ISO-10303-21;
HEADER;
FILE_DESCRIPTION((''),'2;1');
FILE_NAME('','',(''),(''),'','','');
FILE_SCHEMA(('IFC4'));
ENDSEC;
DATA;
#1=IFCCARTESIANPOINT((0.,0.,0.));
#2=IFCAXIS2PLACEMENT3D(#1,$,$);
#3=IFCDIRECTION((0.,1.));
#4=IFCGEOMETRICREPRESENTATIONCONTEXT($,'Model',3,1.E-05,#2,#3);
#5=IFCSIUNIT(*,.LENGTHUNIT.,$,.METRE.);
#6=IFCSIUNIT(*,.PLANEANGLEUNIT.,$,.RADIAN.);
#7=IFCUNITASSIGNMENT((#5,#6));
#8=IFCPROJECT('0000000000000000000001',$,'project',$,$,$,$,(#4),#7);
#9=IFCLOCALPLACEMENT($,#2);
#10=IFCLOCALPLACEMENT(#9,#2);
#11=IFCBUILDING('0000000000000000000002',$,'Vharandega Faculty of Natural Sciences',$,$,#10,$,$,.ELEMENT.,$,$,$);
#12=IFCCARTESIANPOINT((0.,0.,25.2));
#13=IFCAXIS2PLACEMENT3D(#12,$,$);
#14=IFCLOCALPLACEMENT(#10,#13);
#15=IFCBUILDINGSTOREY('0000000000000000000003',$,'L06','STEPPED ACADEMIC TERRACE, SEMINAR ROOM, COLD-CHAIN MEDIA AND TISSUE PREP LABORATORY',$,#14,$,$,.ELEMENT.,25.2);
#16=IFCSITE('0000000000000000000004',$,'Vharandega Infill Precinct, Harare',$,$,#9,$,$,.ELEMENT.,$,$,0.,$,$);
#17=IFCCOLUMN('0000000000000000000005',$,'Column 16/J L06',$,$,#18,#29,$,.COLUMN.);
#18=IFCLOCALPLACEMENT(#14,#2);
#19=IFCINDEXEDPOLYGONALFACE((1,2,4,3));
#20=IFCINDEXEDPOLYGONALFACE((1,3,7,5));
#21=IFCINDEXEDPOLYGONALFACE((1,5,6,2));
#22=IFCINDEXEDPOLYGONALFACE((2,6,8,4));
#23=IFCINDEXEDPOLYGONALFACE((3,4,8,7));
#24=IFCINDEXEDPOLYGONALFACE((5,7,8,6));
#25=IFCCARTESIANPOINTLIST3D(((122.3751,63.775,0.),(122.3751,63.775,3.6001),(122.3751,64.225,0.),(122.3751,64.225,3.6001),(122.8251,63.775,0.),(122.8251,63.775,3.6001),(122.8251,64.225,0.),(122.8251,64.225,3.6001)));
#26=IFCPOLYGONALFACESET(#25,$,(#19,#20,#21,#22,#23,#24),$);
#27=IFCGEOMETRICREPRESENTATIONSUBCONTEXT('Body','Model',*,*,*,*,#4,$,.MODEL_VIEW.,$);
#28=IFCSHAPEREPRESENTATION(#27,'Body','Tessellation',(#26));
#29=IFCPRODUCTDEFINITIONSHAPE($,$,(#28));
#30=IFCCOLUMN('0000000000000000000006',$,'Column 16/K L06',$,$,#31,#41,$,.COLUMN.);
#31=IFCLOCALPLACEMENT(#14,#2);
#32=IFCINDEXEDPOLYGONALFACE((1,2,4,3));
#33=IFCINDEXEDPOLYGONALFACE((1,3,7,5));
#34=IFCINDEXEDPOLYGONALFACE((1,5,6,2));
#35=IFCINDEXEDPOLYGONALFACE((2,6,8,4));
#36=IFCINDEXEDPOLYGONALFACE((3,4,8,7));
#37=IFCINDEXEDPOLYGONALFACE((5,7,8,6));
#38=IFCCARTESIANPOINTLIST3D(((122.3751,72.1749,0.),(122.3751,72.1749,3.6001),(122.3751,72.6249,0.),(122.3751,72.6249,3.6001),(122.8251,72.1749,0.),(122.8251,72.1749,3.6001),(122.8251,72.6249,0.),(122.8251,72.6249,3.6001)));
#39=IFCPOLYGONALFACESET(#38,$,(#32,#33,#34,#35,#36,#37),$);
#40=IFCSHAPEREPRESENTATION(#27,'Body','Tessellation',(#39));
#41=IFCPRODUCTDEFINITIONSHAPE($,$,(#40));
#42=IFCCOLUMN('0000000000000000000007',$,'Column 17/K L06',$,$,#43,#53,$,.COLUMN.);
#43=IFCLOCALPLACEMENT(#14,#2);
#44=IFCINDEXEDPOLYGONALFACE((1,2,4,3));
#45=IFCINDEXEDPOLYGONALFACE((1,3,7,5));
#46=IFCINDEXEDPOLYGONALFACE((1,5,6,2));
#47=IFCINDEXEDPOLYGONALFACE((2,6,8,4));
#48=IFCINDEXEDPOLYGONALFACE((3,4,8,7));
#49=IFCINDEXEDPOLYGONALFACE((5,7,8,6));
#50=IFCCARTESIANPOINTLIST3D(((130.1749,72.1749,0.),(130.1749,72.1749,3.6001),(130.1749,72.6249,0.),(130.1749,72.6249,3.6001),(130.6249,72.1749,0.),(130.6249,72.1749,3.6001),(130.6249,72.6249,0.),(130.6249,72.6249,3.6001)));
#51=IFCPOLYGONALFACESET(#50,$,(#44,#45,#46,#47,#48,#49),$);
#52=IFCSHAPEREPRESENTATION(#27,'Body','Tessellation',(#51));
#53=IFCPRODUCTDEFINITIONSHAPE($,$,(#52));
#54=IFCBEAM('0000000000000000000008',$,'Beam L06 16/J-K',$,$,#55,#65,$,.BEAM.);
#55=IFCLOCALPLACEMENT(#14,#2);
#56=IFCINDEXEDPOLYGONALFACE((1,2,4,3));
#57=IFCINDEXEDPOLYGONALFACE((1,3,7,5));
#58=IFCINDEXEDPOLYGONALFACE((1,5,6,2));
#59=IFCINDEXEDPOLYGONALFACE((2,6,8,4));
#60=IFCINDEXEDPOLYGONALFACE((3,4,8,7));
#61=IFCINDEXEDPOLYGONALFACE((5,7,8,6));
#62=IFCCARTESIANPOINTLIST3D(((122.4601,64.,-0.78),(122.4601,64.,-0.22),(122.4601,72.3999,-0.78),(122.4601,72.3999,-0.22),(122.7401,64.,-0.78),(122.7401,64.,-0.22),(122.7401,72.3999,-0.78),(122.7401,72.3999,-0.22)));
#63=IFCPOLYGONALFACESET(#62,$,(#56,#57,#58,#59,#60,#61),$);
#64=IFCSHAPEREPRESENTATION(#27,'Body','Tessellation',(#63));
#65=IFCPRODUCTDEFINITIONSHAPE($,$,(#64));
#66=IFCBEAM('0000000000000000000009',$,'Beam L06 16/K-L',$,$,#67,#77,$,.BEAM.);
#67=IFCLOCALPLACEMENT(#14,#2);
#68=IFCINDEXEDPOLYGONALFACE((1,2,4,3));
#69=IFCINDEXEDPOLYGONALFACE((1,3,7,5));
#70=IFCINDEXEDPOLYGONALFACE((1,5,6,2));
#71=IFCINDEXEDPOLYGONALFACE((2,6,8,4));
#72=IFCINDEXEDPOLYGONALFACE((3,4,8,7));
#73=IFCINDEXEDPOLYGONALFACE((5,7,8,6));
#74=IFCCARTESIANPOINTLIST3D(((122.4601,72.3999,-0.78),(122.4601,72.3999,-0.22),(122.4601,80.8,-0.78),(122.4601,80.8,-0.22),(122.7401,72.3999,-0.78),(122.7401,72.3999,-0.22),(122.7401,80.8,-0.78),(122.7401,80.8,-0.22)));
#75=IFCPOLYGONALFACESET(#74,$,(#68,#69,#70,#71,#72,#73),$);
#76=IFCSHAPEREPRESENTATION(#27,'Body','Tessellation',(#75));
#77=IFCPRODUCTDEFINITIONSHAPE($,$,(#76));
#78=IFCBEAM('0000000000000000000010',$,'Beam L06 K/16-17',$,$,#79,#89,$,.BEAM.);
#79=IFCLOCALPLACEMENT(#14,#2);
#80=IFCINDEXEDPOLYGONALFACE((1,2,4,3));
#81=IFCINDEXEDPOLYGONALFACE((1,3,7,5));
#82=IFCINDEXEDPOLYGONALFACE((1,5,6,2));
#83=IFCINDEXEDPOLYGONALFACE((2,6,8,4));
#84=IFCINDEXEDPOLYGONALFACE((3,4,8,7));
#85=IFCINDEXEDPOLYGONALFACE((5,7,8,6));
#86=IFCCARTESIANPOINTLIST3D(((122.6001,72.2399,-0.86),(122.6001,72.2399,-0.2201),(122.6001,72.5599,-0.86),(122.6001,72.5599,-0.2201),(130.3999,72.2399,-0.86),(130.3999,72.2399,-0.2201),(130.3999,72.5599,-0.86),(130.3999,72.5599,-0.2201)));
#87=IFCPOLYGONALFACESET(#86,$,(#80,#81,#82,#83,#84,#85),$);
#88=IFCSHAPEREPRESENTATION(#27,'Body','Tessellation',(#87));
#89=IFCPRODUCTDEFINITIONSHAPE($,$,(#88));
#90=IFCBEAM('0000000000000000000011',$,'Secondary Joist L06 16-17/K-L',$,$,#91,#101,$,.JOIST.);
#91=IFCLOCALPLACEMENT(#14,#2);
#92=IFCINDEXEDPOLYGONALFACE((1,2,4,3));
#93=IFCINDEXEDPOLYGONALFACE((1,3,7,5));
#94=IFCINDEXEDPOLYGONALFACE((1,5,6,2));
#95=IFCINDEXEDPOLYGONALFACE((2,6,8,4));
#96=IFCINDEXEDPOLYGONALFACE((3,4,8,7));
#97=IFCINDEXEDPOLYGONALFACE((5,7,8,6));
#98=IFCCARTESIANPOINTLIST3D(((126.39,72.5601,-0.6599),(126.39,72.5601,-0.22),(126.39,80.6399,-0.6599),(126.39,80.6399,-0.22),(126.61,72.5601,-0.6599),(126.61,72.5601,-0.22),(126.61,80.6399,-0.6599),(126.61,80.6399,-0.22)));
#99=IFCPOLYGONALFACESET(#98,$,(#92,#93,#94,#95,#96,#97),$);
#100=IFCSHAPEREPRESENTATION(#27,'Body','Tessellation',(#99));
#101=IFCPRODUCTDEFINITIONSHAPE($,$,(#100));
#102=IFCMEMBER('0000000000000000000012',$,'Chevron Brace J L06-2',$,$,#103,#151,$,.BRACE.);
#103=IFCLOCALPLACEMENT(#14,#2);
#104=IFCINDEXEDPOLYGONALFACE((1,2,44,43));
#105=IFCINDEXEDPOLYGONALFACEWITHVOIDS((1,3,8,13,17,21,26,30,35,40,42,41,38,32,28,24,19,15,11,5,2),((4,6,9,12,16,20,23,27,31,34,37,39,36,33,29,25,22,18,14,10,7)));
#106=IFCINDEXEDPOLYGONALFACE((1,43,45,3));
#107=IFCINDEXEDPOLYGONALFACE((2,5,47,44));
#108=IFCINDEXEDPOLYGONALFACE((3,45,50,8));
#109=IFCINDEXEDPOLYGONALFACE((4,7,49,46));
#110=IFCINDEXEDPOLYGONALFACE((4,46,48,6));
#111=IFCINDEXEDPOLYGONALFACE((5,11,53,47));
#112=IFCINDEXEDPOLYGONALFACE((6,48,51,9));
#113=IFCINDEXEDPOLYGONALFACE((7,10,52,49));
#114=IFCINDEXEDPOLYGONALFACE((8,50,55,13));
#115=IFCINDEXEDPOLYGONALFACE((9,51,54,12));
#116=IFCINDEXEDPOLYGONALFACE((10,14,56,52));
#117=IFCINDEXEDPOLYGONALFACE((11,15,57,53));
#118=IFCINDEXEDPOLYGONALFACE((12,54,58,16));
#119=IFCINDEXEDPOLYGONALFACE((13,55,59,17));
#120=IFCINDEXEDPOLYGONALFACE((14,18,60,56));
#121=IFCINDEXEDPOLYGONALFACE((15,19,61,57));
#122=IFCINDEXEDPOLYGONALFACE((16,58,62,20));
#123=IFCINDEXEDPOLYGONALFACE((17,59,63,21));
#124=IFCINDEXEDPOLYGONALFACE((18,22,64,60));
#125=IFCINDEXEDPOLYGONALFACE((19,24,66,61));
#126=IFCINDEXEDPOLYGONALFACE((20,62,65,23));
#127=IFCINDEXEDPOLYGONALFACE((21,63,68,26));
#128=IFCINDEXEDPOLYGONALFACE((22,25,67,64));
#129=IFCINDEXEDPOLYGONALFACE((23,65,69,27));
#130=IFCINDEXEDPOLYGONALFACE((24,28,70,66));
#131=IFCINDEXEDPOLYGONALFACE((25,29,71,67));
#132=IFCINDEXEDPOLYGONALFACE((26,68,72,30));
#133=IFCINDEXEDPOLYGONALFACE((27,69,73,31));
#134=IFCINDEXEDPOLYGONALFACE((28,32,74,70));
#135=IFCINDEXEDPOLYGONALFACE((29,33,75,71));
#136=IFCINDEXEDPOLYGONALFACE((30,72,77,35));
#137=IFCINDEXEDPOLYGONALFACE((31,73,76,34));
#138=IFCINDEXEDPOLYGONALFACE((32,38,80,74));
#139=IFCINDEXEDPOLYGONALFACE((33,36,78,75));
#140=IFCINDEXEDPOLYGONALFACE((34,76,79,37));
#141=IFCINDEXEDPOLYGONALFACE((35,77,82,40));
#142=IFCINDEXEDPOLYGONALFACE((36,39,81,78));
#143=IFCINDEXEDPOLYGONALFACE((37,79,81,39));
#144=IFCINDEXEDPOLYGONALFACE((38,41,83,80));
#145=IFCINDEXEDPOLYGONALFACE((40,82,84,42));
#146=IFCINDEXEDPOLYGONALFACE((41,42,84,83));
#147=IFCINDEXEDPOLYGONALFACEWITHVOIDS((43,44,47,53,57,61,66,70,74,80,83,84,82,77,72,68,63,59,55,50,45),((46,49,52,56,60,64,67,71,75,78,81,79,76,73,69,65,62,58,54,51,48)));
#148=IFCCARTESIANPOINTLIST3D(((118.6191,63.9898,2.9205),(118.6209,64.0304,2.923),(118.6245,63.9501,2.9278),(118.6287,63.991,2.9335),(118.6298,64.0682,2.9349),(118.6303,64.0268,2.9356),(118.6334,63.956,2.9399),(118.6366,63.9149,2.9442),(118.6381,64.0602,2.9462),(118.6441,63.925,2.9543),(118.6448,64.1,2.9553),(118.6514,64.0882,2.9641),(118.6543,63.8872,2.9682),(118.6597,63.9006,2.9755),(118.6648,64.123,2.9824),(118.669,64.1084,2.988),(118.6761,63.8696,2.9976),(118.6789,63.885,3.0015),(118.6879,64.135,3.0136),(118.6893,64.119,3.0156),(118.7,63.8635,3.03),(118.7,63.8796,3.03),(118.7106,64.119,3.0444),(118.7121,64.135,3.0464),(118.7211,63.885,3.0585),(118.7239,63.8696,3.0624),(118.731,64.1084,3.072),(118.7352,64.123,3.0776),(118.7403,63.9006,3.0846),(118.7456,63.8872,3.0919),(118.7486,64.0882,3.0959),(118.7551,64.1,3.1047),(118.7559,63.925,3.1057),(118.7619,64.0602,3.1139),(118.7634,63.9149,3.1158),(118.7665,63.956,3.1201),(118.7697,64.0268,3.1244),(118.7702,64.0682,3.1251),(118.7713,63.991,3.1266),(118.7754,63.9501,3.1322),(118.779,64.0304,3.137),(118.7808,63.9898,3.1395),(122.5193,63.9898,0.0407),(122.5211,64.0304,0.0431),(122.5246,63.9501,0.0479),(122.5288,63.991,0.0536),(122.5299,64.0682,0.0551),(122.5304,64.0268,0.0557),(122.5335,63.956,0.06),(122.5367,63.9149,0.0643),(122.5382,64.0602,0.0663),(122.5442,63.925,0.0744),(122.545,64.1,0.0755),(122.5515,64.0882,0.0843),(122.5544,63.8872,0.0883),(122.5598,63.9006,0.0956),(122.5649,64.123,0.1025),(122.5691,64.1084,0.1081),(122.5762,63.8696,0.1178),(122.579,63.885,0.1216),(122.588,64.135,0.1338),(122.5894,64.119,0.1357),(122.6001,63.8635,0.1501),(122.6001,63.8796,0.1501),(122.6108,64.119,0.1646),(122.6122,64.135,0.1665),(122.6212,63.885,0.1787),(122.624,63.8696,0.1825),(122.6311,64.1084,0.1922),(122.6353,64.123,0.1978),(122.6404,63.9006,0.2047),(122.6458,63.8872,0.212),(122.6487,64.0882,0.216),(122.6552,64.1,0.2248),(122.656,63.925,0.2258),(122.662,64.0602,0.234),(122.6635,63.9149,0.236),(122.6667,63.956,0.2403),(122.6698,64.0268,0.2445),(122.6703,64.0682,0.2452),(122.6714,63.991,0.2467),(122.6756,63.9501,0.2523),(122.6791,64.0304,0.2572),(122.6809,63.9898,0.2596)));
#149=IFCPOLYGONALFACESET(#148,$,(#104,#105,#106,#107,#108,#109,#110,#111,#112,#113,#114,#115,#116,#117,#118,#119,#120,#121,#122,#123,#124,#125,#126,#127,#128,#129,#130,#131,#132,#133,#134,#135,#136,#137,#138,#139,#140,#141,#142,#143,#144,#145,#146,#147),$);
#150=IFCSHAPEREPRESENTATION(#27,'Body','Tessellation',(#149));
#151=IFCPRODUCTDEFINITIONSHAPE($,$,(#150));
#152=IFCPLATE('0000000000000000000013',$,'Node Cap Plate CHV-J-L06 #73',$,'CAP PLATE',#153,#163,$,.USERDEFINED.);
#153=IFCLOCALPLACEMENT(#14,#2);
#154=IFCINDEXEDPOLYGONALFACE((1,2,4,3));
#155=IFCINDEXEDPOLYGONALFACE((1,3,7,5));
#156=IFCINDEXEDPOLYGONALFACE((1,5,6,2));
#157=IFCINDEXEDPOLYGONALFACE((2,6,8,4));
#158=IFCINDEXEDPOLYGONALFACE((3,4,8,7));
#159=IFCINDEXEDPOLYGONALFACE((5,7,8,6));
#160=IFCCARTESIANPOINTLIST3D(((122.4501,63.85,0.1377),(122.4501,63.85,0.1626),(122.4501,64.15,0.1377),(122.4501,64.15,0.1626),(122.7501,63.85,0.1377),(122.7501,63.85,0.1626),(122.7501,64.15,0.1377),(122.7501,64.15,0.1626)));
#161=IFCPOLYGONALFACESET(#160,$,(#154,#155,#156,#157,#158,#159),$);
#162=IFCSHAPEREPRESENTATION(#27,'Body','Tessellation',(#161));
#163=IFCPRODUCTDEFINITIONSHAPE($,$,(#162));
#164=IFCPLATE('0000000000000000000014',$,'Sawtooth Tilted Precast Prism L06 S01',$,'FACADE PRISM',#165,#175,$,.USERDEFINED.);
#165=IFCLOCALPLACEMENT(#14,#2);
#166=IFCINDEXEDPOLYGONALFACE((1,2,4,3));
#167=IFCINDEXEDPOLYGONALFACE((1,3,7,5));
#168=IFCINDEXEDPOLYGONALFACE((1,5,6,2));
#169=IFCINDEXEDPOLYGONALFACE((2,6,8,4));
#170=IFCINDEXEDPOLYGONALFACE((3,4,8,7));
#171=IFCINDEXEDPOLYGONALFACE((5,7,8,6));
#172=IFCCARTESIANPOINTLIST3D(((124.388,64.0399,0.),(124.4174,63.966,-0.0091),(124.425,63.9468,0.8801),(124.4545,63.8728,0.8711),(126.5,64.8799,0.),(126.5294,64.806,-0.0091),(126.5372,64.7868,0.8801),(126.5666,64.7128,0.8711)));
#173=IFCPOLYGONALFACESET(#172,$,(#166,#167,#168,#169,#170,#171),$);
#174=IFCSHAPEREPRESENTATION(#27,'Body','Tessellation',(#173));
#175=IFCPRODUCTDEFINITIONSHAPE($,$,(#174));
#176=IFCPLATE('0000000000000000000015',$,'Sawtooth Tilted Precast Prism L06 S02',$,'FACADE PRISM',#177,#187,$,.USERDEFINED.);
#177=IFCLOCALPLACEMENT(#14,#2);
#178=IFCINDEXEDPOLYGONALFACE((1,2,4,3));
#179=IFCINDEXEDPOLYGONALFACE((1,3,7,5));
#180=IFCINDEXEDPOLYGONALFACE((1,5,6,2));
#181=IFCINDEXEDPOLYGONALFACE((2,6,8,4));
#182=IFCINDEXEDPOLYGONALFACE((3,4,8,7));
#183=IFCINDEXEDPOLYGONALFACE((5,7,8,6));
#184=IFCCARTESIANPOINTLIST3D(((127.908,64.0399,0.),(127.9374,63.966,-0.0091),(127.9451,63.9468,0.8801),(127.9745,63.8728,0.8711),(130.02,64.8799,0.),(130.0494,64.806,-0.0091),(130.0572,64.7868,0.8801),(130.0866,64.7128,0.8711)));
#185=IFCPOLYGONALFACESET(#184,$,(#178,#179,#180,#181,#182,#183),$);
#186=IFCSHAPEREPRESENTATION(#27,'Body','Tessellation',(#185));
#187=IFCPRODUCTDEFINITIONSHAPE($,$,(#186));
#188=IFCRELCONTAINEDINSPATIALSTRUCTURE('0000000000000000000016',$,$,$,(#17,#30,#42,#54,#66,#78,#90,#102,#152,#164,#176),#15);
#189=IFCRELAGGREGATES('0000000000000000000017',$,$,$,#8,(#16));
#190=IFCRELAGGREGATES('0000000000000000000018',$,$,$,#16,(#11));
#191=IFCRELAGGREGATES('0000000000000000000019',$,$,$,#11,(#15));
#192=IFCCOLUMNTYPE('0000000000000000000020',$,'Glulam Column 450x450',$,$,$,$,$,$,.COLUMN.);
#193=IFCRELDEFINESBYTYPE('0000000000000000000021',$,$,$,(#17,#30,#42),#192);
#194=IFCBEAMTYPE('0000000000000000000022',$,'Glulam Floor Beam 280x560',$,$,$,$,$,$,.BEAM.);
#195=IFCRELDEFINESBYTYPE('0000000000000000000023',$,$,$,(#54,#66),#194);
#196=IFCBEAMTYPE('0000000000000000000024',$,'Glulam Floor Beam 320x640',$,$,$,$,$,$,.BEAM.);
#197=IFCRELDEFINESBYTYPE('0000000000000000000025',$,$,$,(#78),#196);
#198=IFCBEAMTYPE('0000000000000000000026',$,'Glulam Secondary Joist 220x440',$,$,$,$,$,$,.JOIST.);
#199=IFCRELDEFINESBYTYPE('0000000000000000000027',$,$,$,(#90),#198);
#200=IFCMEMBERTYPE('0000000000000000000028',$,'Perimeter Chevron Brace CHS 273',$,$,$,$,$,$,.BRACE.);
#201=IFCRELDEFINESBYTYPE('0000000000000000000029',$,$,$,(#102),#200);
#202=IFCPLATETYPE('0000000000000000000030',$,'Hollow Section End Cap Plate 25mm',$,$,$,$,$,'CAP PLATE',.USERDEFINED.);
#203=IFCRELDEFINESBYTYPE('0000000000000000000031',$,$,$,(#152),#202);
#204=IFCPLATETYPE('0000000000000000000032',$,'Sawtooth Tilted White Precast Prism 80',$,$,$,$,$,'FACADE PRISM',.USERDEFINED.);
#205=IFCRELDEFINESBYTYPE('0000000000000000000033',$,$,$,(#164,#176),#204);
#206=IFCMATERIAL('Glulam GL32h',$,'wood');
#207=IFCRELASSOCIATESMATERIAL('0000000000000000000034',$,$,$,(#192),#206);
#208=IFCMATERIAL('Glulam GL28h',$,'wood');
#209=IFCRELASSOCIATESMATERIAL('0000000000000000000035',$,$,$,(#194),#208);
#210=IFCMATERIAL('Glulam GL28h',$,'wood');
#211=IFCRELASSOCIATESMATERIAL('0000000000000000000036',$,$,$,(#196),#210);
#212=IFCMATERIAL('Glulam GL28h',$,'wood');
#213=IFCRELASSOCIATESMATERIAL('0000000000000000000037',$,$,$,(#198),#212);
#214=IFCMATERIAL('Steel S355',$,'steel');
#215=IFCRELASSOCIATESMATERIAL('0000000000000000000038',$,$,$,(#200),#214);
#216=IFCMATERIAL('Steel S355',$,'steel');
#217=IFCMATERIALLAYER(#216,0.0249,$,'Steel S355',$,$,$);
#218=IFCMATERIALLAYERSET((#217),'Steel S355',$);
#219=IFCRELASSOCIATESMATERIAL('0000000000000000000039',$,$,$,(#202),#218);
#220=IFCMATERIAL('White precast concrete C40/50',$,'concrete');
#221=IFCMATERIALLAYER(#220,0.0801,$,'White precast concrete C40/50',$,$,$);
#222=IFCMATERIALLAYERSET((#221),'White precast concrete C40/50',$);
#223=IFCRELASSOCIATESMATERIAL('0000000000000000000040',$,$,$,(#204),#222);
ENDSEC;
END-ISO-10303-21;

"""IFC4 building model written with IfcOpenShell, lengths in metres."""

from ifc_helpers import new_model, si_unit, direction, frame, origin, origin_2d, place, context, subcontext, project, spatial, polyline, rectangle, hollow_circle, outline, extrude, material, layer, layer_set, material_profile, profile_set, type_object, element, save


model = new_model("IFC4")

# Units and contexts
model_context = context("Model", 3, precision=1e-05, world=origin(), true_north=direction((0.0, 1.0)))
body_context = subcontext(model_context, "Body", "Model", "MODEL_VIEW")
ifc_project = project(units=[si_unit("LENGTHUNIT", "METRE"), si_unit("PLANEANGLEUNIT", "RADIAN")], contexts=[model_context])

# Site, building, storey
site_placement = place(None, origin())
site = spatial("IfcSite", under=ifc_project, at=site_placement, Name="Vharandega Infill Precinct, Harare", CompositionType="ELEMENT", RefElevation=0.0)
building_placement = place(site_placement, origin())
building = spatial("IfcBuilding", under=site, at=building_placement, Name="Vharandega Faculty of Natural Sciences", CompositionType="ELEMENT")
storey_placement = place(building_placement, frame((0.0, 0.0, 25.2)))
storey = spatial("IfcBuildingStorey", under=building, at=storey_placement, Name="L06", Description="STEPPED ACADEMIC TERRACE, SEMINAR ROOM, COLD-CHAIN MEDIA AND TISSUE PREP LABORATORY", CompositionType="ELEMENT", Elevation=25.2)

# Columns
ifc_material_1 = material(Name="Glulam GL32h", Category="wood")
ifc_material_profile_1 = material_profile(ifc_material_1, rectangle(XDim=0.45, YDim=0.45, at=origin_2d()), Name="GL32h 450x450")
ifc_profile_set_1 = profile_set([ifc_material_profile_1], Name="Glulam GL32h")
column_type = type_object("IfcColumnType", Name="Glulam Column 450x450", PredefinedType="COLUMN", material=ifc_profile_set_1)
for number, where, z_axis, x_axis, name in (
    (1, (122.6001, 64.0, 0.0), (0.0, 0.0, 1.0), (1.0, 0.0, 0.0), "Column 16/J L06"),
    (2, (122.6001, 72.3999, 0.0), (0.0, 0.0, 1.0), (1.0, 0.0, 0.0), "Column 16/K L06"),
    (3, (130.3999, 72.3999, 0.0), (0.0, 0.0, 1.0), (1.0, 0.0, 0.0), "Column 17/K L06"),
):
    element("IfcColumn", number, at=place(storey_placement, frame(where, z_axis=z_axis, x_axis=x_axis)), inside=storey, type_object=column_type, Name=name, PredefinedType="COLUMN", context=body_context, shape_type="SweptSolid", body=[
        extrude(rectangle(XDim=0.45, YDim=0.45, at=origin_2d()), origin(), (0.0, 0.0, 1.0), 3.6001),
    ])

# Beams
ifc_material_2 = material(Name="Glulam GL28h", Category="wood")
ifc_material_profile_2 = material_profile(ifc_material_2, rectangle(XDim=0.28, YDim=0.5601, at=origin_2d()), Name="GL28h 280x560")
ifc_profile_set_2 = profile_set([ifc_material_profile_2], Name="Glulam GL28h")
beam_type_1 = type_object("IfcBeamType", Name="Glulam Floor Beam 280x560", PredefinedType="BEAM", material=ifc_profile_set_2)
beam_1_placement = place(storey_placement, frame((122.6001, 64.0, -0.5), z_axis=(0.0, 1.0, 0.0), x_axis=(-1.0, 0.0, 0.0)))
element("IfcBeam", 4, at=beam_1_placement, inside=storey, type_object=beam_type_1, Name="Beam L06 16/J-K", PredefinedType="BEAM", context=body_context, shape_type="SweptSolid", body=[
    extrude(rectangle(XDim=0.28, YDim=0.5601, at=origin_2d()), origin(), (0.0, 0.0, 1.0), 8.3999),
])
beam_2_placement = place(storey_placement, frame((122.6001, 72.3999, -0.5), z_axis=(0.0, 1.0, 0.0), x_axis=(-1.0, 0.0, 0.0)))
element("IfcBeam", 5, at=beam_2_placement, inside=storey, type_object=beam_type_1, Name="Beam L06 16/K-L", PredefinedType="BEAM", context=body_context, shape_type="SweptSolid", body=[
    extrude(rectangle(XDim=0.28, YDim=0.5601, at=origin_2d()), origin(), (0.0, 0.0, 1.0), 8.4001),
])
ifc_material_3 = material(Name="Glulam GL28h", Category="wood")
ifc_material_profile_3 = material_profile(ifc_material_3, rectangle(XDim=0.3201, YDim=0.6399, at=origin_2d()), Name="GL28h 320x640")
ifc_profile_set_3 = profile_set([ifc_material_profile_3], Name="Glulam GL28h")
beam_type_2 = type_object("IfcBeamType", Name="Glulam Floor Beam 320x640", PredefinedType="BEAM", material=ifc_profile_set_3)
beam_3_placement = place(storey_placement, frame((122.6001, 72.3999, -0.54), z_axis=(1.0, 0.0, 0.0), x_axis=(0.0, 1.0, 0.0)))
element("IfcBeam", 6, at=beam_3_placement, inside=storey, type_object=beam_type_2, Name="Beam L06 K/16-17", PredefinedType="BEAM", context=body_context, shape_type="SweptSolid", body=[
    extrude(rectangle(XDim=0.3201, YDim=0.6399, at=origin_2d()), origin(), (0.0, 0.0, 1.0), 7.7998),
])
ifc_material_4 = material(Name="Glulam GL28h", Category="wood")
ifc_material_profile_4 = material_profile(ifc_material_4, rectangle(XDim=0.22, YDim=0.4399, at=origin_2d()), Name="GL28h 220x440")
ifc_profile_set_4 = profile_set([ifc_material_profile_4], Name="Glulam GL28h")
beam_type_3 = type_object("IfcBeamType", Name="Glulam Secondary Joist 220x440", PredefinedType="JOIST", material=ifc_profile_set_4)
beam_4_placement = place(storey_placement, frame((126.5, 72.5601, -0.4399), z_axis=(0.0, 1.0, 0.0), x_axis=(-1.0, 0.0, 0.0)))
element("IfcBeam", 7, at=beam_4_placement, inside=storey, type_object=beam_type_3, Name="Secondary Joist L06 16-17/K-L", PredefinedType="JOIST", context=body_context, shape_type="SweptSolid", body=[
    extrude(rectangle(XDim=0.22, YDim=0.4399, at=origin_2d()), origin(), (0.0, 0.0, 1.0), 8.0798),
])

# Member
ifc_material_5 = material(Name="Steel S355", Category="steel")
ifc_material_profile_5 = material_profile(ifc_material_5, hollow_circle(Radius=0.1365, WallThickness=0.0161, at=origin_2d()), Name="CHS 273x16")
ifc_profile_set_5 = profile_set([ifc_material_profile_5], Name="Steel S355")
member_type = type_object("IfcMemberType", Name="Perimeter Chevron Brace CHS 273", PredefinedType="BRACE", material=ifc_profile_set_5)
member_placement = place(storey_placement, frame((122.6001, 64.0, 0.1501), z_axis=(-0.804455, 0.0, 0.594013), x_axis=(0.0, -1.0, 0.0)))
element("IfcMember", 8, at=member_placement, inside=storey, type_object=member_type, Name="Chevron Brace J L06-2", PredefinedType="BRACE", context=body_context, shape_type="SweptSolid", body=[
    extrude(hollow_circle(Radius=0.1365, WallThickness=0.0161, at=origin_2d()), origin(), (0.0, 0.0, 1.0), 4.8481),
])

# Plates
ifc_material_6 = material(Name="Steel S355", Category="steel")
ifc_layer_1 = layer(ifc_material_6, 0.0249, Name="Steel S355")
ifc_layer_set_1 = layer_set([ifc_layer_1], Name="Steel S355")
plate_type_1 = type_object("IfcPlateType", Name="Hollow Section End Cap Plate 25mm", ElementType="CAP PLATE", PredefinedType="USERDEFINED", material=ifc_layer_set_1)
plate_placement = place(storey_placement, frame((122.6001, 64.0, 0.1377), z_axis=(0.0, 0.0, 1.0), x_axis=(1.0, 0.0, 0.0)))
element("IfcPlate", 9, at=plate_placement, inside=storey, type_object=plate_type_1, Name="Node Cap Plate CHV-J-L06 #73", ObjectType="CAP PLATE", PredefinedType="USERDEFINED", context=body_context, shape_type="SweptSolid", body=[
    extrude(rectangle(XDim=0.3, YDim=0.3, at=origin_2d()), origin(), (0.0, 0.0, 1.0), 0.0249),
])
ifc_material_7 = material(Name="White precast concrete C40/50", Category="concrete")
ifc_layer_2 = layer(ifc_material_7, 0.0801, Name="White precast concrete C40/50")
ifc_layer_set_2 = layer_set([ifc_layer_2], Name="White precast concrete C40/50")
plate_type_2 = type_object("IfcPlateType", Name="Sawtooth Tilted White Precast Prism 80", ElementType="FACADE PRISM", PredefinedType="USERDEFINED", material=ifc_layer_set_2)
for number, where, z_axis, x_axis, name in (
    (10, (126.5, 64.8799, 0.0), (-0.367173, 0.923241, 0.113184), (0.04194, -0.105126, 0.993574), "Sawtooth Tilted Precast Prism L06 S01"),
    (11, (130.02, 64.8799, 0.0), (-0.367173, 0.923241, 0.113184), (0.04194, -0.105126, 0.993574), "Sawtooth Tilted Precast Prism L06 S02"),
):
    element("IfcPlate", number, at=place(storey_placement, frame(where, z_axis=z_axis, x_axis=x_axis)), inside=storey, type_object=plate_type_2, Name=name, ObjectType="FACADE PRISM", PredefinedType="USERDEFINED", context=body_context, shape_type="SweptSolid", body=[
        extrude(outline(polyline([(0.0, 0.0), (0.8858, 0.0), (0.8855, -2.273), (-0.0003, -2.2729), (0.0, 0.0)])), origin(), (0.0, 0.0, -1.0), 0.0801),
    ])

save(model, "model.ifc")
